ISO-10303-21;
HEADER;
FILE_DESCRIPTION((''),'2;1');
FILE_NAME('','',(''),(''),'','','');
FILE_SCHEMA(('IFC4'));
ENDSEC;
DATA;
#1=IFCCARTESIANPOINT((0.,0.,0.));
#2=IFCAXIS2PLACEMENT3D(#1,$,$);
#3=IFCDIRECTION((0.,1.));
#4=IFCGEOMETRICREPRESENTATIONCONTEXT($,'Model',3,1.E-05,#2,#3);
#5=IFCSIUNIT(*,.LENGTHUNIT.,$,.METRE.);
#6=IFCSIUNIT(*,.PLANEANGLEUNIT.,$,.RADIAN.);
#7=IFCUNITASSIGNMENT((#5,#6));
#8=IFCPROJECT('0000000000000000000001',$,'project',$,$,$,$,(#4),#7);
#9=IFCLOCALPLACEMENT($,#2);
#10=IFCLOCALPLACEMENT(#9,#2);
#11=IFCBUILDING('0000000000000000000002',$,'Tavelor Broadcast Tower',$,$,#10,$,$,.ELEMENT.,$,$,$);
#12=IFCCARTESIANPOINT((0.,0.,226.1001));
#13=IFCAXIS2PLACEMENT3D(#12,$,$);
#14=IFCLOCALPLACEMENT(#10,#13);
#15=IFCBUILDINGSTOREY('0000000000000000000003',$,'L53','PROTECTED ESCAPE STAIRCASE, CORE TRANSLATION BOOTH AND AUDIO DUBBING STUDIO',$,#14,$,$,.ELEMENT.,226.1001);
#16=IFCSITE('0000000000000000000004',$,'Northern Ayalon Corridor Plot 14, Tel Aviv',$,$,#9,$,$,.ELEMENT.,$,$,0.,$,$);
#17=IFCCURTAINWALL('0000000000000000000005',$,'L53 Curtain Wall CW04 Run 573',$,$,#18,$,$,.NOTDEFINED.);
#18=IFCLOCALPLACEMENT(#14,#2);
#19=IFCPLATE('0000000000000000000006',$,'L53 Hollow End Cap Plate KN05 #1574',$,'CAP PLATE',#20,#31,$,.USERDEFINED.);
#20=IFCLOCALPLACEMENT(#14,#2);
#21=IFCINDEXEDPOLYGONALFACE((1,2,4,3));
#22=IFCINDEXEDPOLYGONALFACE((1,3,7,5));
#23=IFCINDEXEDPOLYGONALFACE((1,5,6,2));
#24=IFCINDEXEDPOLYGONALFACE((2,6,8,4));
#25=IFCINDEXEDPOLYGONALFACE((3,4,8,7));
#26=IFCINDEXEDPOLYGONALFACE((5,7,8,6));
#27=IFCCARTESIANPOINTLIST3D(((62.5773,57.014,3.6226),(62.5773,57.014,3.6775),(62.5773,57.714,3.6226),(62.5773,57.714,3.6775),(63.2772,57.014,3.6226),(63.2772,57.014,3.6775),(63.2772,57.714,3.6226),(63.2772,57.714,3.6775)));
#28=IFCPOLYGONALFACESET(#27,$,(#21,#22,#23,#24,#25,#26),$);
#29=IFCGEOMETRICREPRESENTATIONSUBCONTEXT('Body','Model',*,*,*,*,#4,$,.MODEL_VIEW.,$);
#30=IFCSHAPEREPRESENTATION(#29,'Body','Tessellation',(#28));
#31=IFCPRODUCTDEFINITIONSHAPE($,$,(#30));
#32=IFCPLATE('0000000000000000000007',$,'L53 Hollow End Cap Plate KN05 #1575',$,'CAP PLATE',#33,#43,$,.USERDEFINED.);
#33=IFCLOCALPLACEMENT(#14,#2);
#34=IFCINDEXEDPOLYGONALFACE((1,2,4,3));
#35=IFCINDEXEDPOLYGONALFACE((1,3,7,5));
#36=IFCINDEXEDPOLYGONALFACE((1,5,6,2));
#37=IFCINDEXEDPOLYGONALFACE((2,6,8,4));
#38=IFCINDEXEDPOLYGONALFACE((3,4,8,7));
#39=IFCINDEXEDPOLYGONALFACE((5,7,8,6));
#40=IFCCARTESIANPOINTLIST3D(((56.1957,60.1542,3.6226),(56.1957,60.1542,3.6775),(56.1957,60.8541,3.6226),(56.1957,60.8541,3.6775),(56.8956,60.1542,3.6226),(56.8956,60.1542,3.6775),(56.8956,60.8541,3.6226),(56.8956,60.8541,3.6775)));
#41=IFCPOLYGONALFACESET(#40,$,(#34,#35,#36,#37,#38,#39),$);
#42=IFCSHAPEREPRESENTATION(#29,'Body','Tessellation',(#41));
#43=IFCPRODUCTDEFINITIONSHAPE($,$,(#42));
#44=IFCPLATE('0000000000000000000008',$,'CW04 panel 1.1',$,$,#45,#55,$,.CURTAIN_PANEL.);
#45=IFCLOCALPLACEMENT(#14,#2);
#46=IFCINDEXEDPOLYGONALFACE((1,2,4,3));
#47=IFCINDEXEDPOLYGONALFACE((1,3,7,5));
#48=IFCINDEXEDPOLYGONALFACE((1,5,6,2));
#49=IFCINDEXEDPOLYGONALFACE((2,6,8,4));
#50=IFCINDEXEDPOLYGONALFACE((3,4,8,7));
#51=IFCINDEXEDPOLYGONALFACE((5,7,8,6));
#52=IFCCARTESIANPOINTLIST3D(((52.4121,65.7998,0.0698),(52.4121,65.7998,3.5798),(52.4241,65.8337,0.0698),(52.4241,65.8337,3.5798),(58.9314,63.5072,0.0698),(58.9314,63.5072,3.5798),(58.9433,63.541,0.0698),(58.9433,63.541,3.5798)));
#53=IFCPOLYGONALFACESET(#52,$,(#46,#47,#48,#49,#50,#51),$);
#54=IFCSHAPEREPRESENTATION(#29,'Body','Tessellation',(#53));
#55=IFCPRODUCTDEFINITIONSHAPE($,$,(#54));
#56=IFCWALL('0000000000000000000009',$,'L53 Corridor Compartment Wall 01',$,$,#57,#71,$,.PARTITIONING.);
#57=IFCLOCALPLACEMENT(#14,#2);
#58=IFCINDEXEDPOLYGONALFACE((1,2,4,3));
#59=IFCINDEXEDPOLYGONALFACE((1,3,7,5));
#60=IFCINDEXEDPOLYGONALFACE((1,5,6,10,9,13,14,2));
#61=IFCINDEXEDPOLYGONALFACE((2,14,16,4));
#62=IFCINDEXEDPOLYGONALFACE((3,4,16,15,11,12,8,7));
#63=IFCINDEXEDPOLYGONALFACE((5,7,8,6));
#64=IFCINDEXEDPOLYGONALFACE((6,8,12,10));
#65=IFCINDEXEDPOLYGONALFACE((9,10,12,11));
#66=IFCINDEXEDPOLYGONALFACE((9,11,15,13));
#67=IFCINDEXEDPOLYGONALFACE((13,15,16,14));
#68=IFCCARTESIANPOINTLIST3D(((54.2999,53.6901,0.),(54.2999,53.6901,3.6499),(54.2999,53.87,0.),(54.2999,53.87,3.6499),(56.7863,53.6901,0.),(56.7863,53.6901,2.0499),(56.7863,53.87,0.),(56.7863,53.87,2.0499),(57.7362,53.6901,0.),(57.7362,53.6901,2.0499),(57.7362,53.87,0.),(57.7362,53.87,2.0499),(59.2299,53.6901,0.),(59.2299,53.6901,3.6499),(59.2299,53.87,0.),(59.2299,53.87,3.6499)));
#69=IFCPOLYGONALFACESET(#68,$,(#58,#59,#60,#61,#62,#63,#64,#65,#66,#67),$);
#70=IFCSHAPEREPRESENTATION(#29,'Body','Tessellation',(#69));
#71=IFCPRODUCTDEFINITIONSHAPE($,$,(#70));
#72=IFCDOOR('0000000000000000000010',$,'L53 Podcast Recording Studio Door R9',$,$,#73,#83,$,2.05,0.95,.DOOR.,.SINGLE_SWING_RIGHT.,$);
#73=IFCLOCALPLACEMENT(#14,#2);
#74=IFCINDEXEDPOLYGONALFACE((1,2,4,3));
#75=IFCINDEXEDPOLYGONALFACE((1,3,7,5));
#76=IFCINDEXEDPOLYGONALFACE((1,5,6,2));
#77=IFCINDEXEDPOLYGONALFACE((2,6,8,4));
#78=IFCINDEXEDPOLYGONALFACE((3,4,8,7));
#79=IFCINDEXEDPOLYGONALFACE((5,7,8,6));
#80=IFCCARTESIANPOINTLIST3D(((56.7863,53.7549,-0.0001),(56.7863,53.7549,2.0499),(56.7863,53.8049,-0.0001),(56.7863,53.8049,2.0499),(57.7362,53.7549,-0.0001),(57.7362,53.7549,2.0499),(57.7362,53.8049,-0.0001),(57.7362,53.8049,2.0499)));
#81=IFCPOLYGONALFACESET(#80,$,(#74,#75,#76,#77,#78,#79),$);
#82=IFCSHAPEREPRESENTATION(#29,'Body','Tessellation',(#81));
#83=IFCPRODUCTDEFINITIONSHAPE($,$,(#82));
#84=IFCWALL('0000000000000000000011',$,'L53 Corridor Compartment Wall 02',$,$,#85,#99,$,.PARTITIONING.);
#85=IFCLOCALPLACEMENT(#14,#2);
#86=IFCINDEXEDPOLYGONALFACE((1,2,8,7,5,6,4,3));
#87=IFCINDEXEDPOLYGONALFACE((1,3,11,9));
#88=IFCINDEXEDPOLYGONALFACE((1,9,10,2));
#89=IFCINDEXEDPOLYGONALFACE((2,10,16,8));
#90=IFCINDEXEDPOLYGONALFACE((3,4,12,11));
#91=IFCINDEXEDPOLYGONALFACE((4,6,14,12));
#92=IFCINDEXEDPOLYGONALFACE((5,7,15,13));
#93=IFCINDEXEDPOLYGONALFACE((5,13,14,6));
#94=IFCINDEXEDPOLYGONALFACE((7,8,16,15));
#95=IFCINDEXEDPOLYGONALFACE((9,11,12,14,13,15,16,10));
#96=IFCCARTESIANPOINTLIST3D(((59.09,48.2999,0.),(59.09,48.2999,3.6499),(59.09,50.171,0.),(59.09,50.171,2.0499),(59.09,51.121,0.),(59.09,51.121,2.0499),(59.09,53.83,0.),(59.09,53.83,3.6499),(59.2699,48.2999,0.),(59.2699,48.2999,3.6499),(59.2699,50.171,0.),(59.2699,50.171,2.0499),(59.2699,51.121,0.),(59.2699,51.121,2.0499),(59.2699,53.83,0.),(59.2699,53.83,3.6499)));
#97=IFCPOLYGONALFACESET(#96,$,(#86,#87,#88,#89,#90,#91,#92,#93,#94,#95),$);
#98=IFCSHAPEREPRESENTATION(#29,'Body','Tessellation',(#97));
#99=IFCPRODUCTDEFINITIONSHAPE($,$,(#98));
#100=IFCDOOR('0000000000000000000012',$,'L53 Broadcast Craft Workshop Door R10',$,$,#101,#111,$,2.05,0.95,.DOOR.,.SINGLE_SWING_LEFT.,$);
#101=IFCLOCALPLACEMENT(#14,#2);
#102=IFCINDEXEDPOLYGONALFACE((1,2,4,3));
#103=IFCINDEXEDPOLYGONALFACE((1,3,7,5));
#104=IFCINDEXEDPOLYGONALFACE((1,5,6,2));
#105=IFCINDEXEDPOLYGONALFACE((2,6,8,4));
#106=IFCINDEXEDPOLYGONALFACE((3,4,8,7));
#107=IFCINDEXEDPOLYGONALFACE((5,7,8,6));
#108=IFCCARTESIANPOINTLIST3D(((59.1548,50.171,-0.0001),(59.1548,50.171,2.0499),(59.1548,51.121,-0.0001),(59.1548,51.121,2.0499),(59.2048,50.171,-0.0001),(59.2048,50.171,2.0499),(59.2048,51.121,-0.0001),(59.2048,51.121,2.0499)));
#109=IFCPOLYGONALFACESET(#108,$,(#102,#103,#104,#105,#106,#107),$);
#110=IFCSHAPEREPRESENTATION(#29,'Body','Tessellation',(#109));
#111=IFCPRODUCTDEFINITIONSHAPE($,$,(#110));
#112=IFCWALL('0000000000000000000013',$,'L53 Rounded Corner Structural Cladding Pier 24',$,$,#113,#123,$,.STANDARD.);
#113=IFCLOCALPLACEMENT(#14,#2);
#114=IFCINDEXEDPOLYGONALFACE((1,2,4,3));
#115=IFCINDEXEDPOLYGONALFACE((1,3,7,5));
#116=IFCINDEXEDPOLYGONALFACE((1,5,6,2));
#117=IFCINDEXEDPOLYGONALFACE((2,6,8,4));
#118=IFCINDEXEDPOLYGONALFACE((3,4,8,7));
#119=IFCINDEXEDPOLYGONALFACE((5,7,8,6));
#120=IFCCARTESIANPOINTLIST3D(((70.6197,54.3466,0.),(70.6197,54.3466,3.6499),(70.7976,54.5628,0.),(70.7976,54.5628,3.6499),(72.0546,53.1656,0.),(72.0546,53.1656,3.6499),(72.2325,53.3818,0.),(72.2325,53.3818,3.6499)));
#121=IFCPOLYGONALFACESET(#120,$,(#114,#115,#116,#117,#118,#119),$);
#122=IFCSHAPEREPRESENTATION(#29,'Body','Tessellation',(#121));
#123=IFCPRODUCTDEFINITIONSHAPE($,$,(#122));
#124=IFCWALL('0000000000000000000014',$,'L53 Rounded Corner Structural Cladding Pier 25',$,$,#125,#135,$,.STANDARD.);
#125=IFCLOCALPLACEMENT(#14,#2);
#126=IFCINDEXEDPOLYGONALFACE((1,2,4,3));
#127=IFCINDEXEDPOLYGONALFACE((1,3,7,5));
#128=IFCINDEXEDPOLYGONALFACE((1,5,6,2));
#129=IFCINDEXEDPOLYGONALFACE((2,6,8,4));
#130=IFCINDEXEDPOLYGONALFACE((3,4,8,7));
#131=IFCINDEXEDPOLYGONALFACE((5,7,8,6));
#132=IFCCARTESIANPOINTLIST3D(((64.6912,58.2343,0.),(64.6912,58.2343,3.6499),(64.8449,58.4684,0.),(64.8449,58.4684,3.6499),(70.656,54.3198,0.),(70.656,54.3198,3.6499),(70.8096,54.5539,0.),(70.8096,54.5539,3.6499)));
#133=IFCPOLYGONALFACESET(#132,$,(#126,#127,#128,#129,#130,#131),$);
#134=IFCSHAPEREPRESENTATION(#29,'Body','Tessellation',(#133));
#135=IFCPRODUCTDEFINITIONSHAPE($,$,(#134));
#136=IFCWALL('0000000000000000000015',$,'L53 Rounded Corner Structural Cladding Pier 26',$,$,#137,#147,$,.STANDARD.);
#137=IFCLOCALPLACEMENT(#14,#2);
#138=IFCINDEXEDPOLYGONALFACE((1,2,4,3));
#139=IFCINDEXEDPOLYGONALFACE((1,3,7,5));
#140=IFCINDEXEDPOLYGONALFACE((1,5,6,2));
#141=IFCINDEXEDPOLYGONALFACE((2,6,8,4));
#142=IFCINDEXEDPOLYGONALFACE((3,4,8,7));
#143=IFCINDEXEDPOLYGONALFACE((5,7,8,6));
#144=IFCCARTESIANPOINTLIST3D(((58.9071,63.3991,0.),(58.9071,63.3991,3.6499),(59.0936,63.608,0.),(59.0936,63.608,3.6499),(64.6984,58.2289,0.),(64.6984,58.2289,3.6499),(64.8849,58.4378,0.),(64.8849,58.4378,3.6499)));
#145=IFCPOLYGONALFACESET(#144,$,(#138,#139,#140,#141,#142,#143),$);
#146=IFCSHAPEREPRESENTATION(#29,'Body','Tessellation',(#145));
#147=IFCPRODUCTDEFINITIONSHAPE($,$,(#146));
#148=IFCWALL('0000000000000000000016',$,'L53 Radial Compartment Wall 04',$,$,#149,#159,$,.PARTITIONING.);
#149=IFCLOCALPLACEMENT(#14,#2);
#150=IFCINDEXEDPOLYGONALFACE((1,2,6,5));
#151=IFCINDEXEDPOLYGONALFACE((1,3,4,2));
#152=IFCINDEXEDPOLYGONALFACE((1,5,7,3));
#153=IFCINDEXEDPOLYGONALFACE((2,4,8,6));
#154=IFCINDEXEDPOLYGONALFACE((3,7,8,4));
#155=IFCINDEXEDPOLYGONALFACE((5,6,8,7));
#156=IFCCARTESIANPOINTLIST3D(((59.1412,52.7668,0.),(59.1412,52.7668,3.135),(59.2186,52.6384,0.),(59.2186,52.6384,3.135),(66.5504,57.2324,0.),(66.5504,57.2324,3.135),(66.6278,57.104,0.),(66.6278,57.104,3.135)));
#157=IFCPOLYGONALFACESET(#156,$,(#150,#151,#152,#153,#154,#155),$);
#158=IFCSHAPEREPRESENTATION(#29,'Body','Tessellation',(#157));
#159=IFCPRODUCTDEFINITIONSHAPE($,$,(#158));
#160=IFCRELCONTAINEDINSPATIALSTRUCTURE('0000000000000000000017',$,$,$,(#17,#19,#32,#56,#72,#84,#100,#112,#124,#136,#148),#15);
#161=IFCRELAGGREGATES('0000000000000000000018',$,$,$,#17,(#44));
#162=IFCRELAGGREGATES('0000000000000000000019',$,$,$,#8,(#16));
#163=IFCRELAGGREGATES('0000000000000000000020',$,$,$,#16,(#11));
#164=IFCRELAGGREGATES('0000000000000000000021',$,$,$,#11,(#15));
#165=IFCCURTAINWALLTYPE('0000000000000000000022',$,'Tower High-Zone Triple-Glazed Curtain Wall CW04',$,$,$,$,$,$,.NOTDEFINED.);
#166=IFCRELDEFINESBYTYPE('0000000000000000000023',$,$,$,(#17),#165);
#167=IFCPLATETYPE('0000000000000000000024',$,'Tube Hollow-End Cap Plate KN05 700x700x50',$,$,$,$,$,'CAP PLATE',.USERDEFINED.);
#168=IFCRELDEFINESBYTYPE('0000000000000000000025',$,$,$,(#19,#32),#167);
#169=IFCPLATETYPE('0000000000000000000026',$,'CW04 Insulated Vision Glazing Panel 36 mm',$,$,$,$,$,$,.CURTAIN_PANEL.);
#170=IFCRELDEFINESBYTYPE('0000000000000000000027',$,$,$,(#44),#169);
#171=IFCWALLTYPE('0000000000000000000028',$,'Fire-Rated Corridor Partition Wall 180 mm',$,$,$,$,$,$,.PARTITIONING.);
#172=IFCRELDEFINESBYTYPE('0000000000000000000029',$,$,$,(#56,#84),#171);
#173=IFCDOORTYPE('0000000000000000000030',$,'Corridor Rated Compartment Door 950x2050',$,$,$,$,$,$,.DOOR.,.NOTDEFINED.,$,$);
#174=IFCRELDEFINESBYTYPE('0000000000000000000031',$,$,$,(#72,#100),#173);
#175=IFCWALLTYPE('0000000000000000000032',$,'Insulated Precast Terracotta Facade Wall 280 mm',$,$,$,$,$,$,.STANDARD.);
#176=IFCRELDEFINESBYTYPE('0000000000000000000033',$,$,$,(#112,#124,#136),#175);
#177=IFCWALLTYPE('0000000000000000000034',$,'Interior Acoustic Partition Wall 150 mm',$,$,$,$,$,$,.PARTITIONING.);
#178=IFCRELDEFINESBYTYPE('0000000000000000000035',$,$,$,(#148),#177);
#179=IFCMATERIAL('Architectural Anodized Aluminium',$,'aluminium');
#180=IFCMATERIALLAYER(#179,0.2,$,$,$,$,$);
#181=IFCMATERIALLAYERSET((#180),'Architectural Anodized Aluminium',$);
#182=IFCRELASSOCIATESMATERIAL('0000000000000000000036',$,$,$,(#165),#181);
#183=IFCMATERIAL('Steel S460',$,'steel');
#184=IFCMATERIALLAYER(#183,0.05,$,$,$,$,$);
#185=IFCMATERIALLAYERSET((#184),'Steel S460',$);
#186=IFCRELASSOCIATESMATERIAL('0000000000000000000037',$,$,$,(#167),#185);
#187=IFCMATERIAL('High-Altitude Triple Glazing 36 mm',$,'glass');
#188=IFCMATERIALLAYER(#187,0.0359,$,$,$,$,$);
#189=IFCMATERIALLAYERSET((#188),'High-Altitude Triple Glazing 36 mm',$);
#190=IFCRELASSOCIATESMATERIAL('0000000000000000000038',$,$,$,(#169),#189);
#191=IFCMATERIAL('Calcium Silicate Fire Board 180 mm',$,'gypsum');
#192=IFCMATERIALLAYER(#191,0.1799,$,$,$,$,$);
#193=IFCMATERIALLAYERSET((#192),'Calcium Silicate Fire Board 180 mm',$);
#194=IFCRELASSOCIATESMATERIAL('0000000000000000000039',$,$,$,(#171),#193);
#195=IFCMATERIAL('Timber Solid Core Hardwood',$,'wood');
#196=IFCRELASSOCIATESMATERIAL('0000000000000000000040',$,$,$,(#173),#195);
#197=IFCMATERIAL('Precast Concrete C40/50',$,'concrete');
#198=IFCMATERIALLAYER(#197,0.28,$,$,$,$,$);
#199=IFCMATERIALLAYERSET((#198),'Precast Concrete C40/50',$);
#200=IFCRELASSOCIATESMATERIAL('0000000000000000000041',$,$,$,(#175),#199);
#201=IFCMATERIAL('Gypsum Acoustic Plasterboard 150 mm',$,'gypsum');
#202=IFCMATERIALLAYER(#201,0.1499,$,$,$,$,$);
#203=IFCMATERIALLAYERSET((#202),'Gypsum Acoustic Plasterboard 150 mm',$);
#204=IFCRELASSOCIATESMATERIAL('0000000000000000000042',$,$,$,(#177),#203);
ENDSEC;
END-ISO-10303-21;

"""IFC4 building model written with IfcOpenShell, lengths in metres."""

from ifc_helpers import new_model, si_unit, direction, frame, frame_2d, origin, origin_2d, place, context, subcontext, project, spatial, rectangle, extrude, source, transform, mapped, material, layer, layer_set, type_object, type_shapes, element, fill, aggregate, save


model = new_model("IFC4")

# Units and contexts
model_context = context("Model", 3, precision=1e-05, world=origin(), true_north=direction((0.0, 1.0)))
body_context = subcontext(model_context, "Body", "Model", "MODEL_VIEW")
ifc_project = project(units=[si_unit("LENGTHUNIT", "METRE"), si_unit("PLANEANGLEUNIT", "RADIAN")], contexts=[model_context])

# Site, building, storey
site_placement = place(None, origin())
site = spatial("IfcSite", under=ifc_project, at=site_placement, Name="Northern Ayalon Corridor Plot 14, Tel Aviv", CompositionType="ELEMENT", RefElevation=0.0)
building_placement = place(site_placement, origin())
building = spatial("IfcBuilding", under=site, at=building_placement, Name="Tavelor Broadcast Tower", CompositionType="ELEMENT")
storey_placement = place(building_placement, frame((0.0, 0.0, 226.1001)))
storey = spatial("IfcBuildingStorey", under=building, at=storey_placement, Name="L53", Description="PROTECTED ESCAPE STAIRCASE, CORE TRANSLATION BOOTH AND AUDIO DUBBING STUDIO", CompositionType="ELEMENT", Elevation=226.1001)

# Shared definitions
ifc_material_1 = material(Name="Steel S460", Category="steel")

# Curtain wall
ifc_material_2 = material(Name="Architectural Anodized Aluminium", Category="aluminium")
ifc_layer_1 = layer(ifc_material_2, 0.2)
ifc_layer_set_1 = layer_set([ifc_layer_1], Name="Architectural Anodized Aluminium")
curtain_wall_type = type_object("IfcCurtainWallType", Name="Tower High-Zone Triple-Glazed Curtain Wall CW04", PredefinedType="NOTDEFINED", material=ifc_layer_set_1)
curtain_wall_placement = place(storey_placement, origin())
curtain_wall = element("IfcCurtainWall", 1, at=curtain_wall_placement, inside=storey, type_object=curtain_wall_type, Name="L53 Curtain Wall CW04 Run 573", PredefinedType="NOTDEFINED")

# Plates
ifc_layer_2 = layer(ifc_material_1, 0.05)
ifc_layer_set_2 = layer_set([ifc_layer_2], Name="Steel S460")
plate_type_1 = type_object("IfcPlateType", Name="Tube Hollow-End Cap Plate KN05 700x700x50", ElementType="CAP PLATE", PredefinedType="USERDEFINED", material=ifc_layer_set_2)
shared_shape_1 = source(origin(), body_context, "Body", "SweptSolid", [
    extrude(rectangle(XDim=0.7, YDim=0.7, at=origin_2d()), origin(), (0.0, 0.0, 1.0), 0.0549),
])
type_shapes(plate_type_1, [shared_shape_1])
for number, where, z_axis, x_axis, name in (
    (2, (62.9272, 57.364, 3.6226), (0.0, 0.0, 1.0), (1.0, 0.0, 0.0), "L53 Hollow End Cap Plate KN05 #1574"),
    (3, (56.5457, 60.5042, 3.6226), (0.0, 0.0, 1.0), (1.0, 0.0, 0.0), "L53 Hollow End Cap Plate KN05 #1575"),
):
    element("IfcPlate", number, at=place(storey_placement, frame(where, z_axis=z_axis, x_axis=x_axis)), inside=storey, type_object=plate_type_1, Name=name, ObjectType="CAP PLATE", PredefinedType="USERDEFINED", context=body_context, shape_type="MappedRepresentation", body=[
        mapped(shared_shape_1, transform((0.0, 0.0, 0.0), scale=1.0)),
    ])

# Plate
ifc_material_3 = material(Name="High-Altitude Triple Glazing 36 mm", Category="glass")
ifc_layer_3 = layer(ifc_material_3, 0.0359)
ifc_layer_set_3 = layer_set([ifc_layer_3], Name="High-Altitude Triple Glazing 36 mm")
plate_type_2 = type_object("IfcPlateType", Name="CW04 Insulated Vision Glazing Panel 36 mm", PredefinedType="CURTAIN_PANEL", material=ifc_layer_set_3)
shared_shape_2 = source(origin(), body_context, "Body", "SweptSolid", [
    extrude(rectangle(XDim=6.9106, YDim=0.0359, at=origin_2d()), origin(), (0.0, 0.0, 1.0), 3.51),
])
type_shapes(plate_type_2, [shared_shape_2])
plate_placement = place(storey_placement, frame((55.6777, 64.6704, 0.0698), z_axis=(0.0, 0.0, 1.0), x_axis=(-0.943366, 0.331754, 0.0)))
plate = element("IfcPlate", 4, at=plate_placement, type_object=plate_type_2, Name="CW04 panel 1.1", PredefinedType="CURTAIN_PANEL", context=body_context, shape_type="MappedRepresentation", body=[
    mapped(shared_shape_2, transform((0.0, 0.0, 0.0), scale=1.0)),
])
aggregate(curtain_wall, [plate])

# Walls, openings, doors
ifc_material_4 = material(Name="Calcium Silicate Fire Board 180 mm", Category="gypsum")
ifc_layer_4 = layer(ifc_material_4, 0.1799)
ifc_layer_set_4 = layer_set([ifc_layer_4], Name="Calcium Silicate Fire Board 180 mm")
wall_type_1 = type_object("IfcWallType", Name="Fire-Rated Corridor Partition Wall 180 mm", PredefinedType="PARTITIONING", material=ifc_layer_set_4)
wall_1_placement = place(storey_placement, frame((54.3, 53.78, 0.0), z_axis=(0.0, 0.0, 1.0), x_axis=(1.0, 0.0, 0.0)))
wall_1 = element("IfcWall", 5, at=wall_1_placement, inside=storey, type_object=wall_type_1, Name="L53 Corridor Compartment Wall 01", PredefinedType="PARTITIONING", context=body_context, shape_type="SweptSolid", body=[
    extrude(rectangle(XDim=4.9299, YDim=0.1799, at=frame_2d((2.4648, 0.0))), origin(), (0.0, 0.0, 1.0), 3.6499),
])
opening_1_placement = place(wall_1_placement, frame((2.4861, 0.0, 0.0)))
opening_1 = element("IfcOpeningElement", 6, at=opening_1_placement, cuts=wall_1, PredefinedType="OPENING", context=body_context, shape_type="SweptSolid", body=[
    extrude(rectangle(XDim=0.95, YDim=2.05, at=frame_2d((0.4751, 1.0249))), frame((0.0, 0.1001, 0.0), z_axis=(0.0, -1.0, 0.0), x_axis=(1.0, 0.0, 0.0)), (0.0, 0.0, 1.0), 0.2),
])
ifc_material_5 = material(Name="Timber Solid Core Hardwood", Category="wood")
door_type = type_object("IfcDoorType", Name="Corridor Rated Compartment Door 950x2050", OperationType="NOTDEFINED", PredefinedType="DOOR", material=ifc_material_5)
door_1_placement = place(opening_1_placement, origin())
door_1 = element("IfcDoor", 7, at=door_1_placement, inside=storey, type_object=door_type, Name="L53 Podcast Recording Studio Door R9", OperationType="SINGLE_SWING_RIGHT", OverallHeight=2.05, OverallWidth=0.95, PredefinedType="DOOR", context=body_context, shape_type="SweptSolid", body=[
    extrude(rectangle(XDim=0.95, YDim=2.05, at=frame_2d((0.4751, 1.0249))), frame((0.0, 0.0249, 0.0), z_axis=(0.0, -1.0, 0.0), x_axis=(1.0, 0.0, 0.0)), (0.0, 0.0, 1.0), 0.05),
])
fill(opening_1, door_1)
wall_2_placement = place(storey_placement, frame((59.1799, 53.8301, 0.0), z_axis=(0.0, 0.0, 1.0), x_axis=(0.0, -1.0, 0.0)))
wall_2 = element("IfcWall", 8, at=wall_2_placement, inside=storey, type_object=wall_type_1, Name="L53 Corridor Compartment Wall 02", PredefinedType="PARTITIONING", context=body_context, shape_type="SweptSolid", body=[
    extrude(rectangle(XDim=5.53, YDim=0.1799, at=frame_2d((2.7651, 0.0))), origin(), (0.0, 0.0, 1.0), 3.6499),
])
opening_2_placement = place(wall_2_placement, frame((2.709, 0.0, 0.0)))
opening_2 = element("IfcOpeningElement", 9, at=opening_2_placement, cuts=wall_2, PredefinedType="OPENING", context=body_context, shape_type="SweptSolid", body=[
    extrude(rectangle(XDim=0.95, YDim=2.05, at=frame_2d((0.4751, 1.0249))), frame((0.0, 0.1001, 0.0), z_axis=(0.0, -1.0, 0.0), x_axis=(1.0, 0.0, 0.0)), (0.0, 0.0, 1.0), 0.2),
])
door_2_placement = place(opening_2_placement, origin())
door_2 = element("IfcDoor", 10, at=door_2_placement, inside=storey, type_object=door_type, Name="L53 Broadcast Craft Workshop Door R10", OperationType="SINGLE_SWING_LEFT", OverallHeight=2.05, OverallWidth=0.95, PredefinedType="DOOR", context=body_context, shape_type="SweptSolid", body=[
    extrude(rectangle(XDim=0.95, YDim=2.05, at=frame_2d((0.4751, 1.0249))), frame((0.0, 0.0249, 0.0), z_axis=(0.0, -1.0, 0.0), x_axis=(1.0, 0.0, 0.0)), (0.0, 0.0, 1.0), 0.05),
])
fill(opening_2, door_2)

# Walls
ifc_material_6 = material(Name="Precast Concrete C40/50", Category="concrete")
ifc_layer_5 = layer(ifc_material_6, 0.28)
ifc_layer_set_5 = layer_set([ifc_layer_5], Name="Precast Concrete C40/50")
wall_type_2 = type_object("IfcWallType", Name="Insulated Precast Terracotta Facade Wall 280 mm", PredefinedType="STANDARD", material=ifc_layer_set_5)
wall_3_placement = place(storey_placement, frame((72.1436, 53.2737, 0.0), z_axis=(0.0, 0.0, 1.0), x_axis=(-0.772116, 0.635482, 0.0)))
element("IfcWall", 11, at=wall_3_placement, inside=storey, type_object=wall_type_2, Name="L53 Rounded Corner Structural Cladding Pier 24", PredefinedType="STANDARD", context=body_context, shape_type="SweptSolid", body=[
    extrude(rectangle(XDim=1.8584, YDim=0.28, at=frame_2d((0.9292, 0.0))), origin(), (0.0, 0.0, 1.0), 3.6499),
])
wall_4_placement = place(storey_placement, frame((70.7329, 54.4368, 0.0), z_axis=(0.0, 0.0, 1.0), x_axis=(-0.83604, 0.548668, 0.0)))
element("IfcWall", 12, at=wall_4_placement, inside=storey, type_object=wall_type_2, Name="L53 Rounded Corner Structural Cladding Pier 25", PredefinedType="STANDARD", context=body_context, shape_type="SweptSolid", body=[
    extrude(rectangle(XDim=7.1345, YDim=0.28, at=frame_2d((3.5674, 0.0))), origin(), (0.0, 0.0, 1.0), 3.6499),
])
wall_5_placement = place(storey_placement, frame((64.7917, 58.3333, 0.0), z_axis=(0.0, 0.0, 1.0), x_axis=(-0.745976, 0.665973, 0.0)))
element("IfcWall", 13, at=wall_5_placement, inside=storey, type_object=wall_type_2, Name="L53 Rounded Corner Structural Cladding Pier 26", PredefinedType="STANDARD", context=body_context, shape_type="SweptSolid", body=[
    extrude(rectangle(XDim=7.7634, YDim=0.28, at=frame_2d((3.8818, 0.0))), origin(), (0.0, 0.0, 1.0), 3.6499),
])
ifc_material_7 = material(Name="Gypsum Acoustic Plasterboard 150 mm", Category="gypsum")
ifc_layer_6 = layer(ifc_material_7, 0.1499)
ifc_layer_set_6 = layer_set([ifc_layer_6], Name="Gypsum Acoustic Plasterboard 150 mm")
wall_type_3 = type_object("IfcWallType", Name="Interior Acoustic Partition Wall 150 mm", PredefinedType="PARTITIONING", material=ifc_layer_set_6)
wall_6_placement = place(storey_placement, frame((59.1799, 52.7026, 0.0), z_axis=(0.0, 0.0, 1.0), x_axis=(0.856468, 0.5162, 0.0)))
element("IfcWall", 14, at=wall_6_placement, inside=storey, type_object=wall_type_3, Name="L53 Radial Compartment Wall 04", PredefinedType="PARTITIONING", context=body_context, shape_type="SweptSolid", body=[
    extrude(rectangle(XDim=8.6509, YDim=0.1499, at=frame_2d((4.3254, 0.0))), origin(), (0.0, 0.0, 1.0), 3.135),
])

save(model, "model.ifc")
